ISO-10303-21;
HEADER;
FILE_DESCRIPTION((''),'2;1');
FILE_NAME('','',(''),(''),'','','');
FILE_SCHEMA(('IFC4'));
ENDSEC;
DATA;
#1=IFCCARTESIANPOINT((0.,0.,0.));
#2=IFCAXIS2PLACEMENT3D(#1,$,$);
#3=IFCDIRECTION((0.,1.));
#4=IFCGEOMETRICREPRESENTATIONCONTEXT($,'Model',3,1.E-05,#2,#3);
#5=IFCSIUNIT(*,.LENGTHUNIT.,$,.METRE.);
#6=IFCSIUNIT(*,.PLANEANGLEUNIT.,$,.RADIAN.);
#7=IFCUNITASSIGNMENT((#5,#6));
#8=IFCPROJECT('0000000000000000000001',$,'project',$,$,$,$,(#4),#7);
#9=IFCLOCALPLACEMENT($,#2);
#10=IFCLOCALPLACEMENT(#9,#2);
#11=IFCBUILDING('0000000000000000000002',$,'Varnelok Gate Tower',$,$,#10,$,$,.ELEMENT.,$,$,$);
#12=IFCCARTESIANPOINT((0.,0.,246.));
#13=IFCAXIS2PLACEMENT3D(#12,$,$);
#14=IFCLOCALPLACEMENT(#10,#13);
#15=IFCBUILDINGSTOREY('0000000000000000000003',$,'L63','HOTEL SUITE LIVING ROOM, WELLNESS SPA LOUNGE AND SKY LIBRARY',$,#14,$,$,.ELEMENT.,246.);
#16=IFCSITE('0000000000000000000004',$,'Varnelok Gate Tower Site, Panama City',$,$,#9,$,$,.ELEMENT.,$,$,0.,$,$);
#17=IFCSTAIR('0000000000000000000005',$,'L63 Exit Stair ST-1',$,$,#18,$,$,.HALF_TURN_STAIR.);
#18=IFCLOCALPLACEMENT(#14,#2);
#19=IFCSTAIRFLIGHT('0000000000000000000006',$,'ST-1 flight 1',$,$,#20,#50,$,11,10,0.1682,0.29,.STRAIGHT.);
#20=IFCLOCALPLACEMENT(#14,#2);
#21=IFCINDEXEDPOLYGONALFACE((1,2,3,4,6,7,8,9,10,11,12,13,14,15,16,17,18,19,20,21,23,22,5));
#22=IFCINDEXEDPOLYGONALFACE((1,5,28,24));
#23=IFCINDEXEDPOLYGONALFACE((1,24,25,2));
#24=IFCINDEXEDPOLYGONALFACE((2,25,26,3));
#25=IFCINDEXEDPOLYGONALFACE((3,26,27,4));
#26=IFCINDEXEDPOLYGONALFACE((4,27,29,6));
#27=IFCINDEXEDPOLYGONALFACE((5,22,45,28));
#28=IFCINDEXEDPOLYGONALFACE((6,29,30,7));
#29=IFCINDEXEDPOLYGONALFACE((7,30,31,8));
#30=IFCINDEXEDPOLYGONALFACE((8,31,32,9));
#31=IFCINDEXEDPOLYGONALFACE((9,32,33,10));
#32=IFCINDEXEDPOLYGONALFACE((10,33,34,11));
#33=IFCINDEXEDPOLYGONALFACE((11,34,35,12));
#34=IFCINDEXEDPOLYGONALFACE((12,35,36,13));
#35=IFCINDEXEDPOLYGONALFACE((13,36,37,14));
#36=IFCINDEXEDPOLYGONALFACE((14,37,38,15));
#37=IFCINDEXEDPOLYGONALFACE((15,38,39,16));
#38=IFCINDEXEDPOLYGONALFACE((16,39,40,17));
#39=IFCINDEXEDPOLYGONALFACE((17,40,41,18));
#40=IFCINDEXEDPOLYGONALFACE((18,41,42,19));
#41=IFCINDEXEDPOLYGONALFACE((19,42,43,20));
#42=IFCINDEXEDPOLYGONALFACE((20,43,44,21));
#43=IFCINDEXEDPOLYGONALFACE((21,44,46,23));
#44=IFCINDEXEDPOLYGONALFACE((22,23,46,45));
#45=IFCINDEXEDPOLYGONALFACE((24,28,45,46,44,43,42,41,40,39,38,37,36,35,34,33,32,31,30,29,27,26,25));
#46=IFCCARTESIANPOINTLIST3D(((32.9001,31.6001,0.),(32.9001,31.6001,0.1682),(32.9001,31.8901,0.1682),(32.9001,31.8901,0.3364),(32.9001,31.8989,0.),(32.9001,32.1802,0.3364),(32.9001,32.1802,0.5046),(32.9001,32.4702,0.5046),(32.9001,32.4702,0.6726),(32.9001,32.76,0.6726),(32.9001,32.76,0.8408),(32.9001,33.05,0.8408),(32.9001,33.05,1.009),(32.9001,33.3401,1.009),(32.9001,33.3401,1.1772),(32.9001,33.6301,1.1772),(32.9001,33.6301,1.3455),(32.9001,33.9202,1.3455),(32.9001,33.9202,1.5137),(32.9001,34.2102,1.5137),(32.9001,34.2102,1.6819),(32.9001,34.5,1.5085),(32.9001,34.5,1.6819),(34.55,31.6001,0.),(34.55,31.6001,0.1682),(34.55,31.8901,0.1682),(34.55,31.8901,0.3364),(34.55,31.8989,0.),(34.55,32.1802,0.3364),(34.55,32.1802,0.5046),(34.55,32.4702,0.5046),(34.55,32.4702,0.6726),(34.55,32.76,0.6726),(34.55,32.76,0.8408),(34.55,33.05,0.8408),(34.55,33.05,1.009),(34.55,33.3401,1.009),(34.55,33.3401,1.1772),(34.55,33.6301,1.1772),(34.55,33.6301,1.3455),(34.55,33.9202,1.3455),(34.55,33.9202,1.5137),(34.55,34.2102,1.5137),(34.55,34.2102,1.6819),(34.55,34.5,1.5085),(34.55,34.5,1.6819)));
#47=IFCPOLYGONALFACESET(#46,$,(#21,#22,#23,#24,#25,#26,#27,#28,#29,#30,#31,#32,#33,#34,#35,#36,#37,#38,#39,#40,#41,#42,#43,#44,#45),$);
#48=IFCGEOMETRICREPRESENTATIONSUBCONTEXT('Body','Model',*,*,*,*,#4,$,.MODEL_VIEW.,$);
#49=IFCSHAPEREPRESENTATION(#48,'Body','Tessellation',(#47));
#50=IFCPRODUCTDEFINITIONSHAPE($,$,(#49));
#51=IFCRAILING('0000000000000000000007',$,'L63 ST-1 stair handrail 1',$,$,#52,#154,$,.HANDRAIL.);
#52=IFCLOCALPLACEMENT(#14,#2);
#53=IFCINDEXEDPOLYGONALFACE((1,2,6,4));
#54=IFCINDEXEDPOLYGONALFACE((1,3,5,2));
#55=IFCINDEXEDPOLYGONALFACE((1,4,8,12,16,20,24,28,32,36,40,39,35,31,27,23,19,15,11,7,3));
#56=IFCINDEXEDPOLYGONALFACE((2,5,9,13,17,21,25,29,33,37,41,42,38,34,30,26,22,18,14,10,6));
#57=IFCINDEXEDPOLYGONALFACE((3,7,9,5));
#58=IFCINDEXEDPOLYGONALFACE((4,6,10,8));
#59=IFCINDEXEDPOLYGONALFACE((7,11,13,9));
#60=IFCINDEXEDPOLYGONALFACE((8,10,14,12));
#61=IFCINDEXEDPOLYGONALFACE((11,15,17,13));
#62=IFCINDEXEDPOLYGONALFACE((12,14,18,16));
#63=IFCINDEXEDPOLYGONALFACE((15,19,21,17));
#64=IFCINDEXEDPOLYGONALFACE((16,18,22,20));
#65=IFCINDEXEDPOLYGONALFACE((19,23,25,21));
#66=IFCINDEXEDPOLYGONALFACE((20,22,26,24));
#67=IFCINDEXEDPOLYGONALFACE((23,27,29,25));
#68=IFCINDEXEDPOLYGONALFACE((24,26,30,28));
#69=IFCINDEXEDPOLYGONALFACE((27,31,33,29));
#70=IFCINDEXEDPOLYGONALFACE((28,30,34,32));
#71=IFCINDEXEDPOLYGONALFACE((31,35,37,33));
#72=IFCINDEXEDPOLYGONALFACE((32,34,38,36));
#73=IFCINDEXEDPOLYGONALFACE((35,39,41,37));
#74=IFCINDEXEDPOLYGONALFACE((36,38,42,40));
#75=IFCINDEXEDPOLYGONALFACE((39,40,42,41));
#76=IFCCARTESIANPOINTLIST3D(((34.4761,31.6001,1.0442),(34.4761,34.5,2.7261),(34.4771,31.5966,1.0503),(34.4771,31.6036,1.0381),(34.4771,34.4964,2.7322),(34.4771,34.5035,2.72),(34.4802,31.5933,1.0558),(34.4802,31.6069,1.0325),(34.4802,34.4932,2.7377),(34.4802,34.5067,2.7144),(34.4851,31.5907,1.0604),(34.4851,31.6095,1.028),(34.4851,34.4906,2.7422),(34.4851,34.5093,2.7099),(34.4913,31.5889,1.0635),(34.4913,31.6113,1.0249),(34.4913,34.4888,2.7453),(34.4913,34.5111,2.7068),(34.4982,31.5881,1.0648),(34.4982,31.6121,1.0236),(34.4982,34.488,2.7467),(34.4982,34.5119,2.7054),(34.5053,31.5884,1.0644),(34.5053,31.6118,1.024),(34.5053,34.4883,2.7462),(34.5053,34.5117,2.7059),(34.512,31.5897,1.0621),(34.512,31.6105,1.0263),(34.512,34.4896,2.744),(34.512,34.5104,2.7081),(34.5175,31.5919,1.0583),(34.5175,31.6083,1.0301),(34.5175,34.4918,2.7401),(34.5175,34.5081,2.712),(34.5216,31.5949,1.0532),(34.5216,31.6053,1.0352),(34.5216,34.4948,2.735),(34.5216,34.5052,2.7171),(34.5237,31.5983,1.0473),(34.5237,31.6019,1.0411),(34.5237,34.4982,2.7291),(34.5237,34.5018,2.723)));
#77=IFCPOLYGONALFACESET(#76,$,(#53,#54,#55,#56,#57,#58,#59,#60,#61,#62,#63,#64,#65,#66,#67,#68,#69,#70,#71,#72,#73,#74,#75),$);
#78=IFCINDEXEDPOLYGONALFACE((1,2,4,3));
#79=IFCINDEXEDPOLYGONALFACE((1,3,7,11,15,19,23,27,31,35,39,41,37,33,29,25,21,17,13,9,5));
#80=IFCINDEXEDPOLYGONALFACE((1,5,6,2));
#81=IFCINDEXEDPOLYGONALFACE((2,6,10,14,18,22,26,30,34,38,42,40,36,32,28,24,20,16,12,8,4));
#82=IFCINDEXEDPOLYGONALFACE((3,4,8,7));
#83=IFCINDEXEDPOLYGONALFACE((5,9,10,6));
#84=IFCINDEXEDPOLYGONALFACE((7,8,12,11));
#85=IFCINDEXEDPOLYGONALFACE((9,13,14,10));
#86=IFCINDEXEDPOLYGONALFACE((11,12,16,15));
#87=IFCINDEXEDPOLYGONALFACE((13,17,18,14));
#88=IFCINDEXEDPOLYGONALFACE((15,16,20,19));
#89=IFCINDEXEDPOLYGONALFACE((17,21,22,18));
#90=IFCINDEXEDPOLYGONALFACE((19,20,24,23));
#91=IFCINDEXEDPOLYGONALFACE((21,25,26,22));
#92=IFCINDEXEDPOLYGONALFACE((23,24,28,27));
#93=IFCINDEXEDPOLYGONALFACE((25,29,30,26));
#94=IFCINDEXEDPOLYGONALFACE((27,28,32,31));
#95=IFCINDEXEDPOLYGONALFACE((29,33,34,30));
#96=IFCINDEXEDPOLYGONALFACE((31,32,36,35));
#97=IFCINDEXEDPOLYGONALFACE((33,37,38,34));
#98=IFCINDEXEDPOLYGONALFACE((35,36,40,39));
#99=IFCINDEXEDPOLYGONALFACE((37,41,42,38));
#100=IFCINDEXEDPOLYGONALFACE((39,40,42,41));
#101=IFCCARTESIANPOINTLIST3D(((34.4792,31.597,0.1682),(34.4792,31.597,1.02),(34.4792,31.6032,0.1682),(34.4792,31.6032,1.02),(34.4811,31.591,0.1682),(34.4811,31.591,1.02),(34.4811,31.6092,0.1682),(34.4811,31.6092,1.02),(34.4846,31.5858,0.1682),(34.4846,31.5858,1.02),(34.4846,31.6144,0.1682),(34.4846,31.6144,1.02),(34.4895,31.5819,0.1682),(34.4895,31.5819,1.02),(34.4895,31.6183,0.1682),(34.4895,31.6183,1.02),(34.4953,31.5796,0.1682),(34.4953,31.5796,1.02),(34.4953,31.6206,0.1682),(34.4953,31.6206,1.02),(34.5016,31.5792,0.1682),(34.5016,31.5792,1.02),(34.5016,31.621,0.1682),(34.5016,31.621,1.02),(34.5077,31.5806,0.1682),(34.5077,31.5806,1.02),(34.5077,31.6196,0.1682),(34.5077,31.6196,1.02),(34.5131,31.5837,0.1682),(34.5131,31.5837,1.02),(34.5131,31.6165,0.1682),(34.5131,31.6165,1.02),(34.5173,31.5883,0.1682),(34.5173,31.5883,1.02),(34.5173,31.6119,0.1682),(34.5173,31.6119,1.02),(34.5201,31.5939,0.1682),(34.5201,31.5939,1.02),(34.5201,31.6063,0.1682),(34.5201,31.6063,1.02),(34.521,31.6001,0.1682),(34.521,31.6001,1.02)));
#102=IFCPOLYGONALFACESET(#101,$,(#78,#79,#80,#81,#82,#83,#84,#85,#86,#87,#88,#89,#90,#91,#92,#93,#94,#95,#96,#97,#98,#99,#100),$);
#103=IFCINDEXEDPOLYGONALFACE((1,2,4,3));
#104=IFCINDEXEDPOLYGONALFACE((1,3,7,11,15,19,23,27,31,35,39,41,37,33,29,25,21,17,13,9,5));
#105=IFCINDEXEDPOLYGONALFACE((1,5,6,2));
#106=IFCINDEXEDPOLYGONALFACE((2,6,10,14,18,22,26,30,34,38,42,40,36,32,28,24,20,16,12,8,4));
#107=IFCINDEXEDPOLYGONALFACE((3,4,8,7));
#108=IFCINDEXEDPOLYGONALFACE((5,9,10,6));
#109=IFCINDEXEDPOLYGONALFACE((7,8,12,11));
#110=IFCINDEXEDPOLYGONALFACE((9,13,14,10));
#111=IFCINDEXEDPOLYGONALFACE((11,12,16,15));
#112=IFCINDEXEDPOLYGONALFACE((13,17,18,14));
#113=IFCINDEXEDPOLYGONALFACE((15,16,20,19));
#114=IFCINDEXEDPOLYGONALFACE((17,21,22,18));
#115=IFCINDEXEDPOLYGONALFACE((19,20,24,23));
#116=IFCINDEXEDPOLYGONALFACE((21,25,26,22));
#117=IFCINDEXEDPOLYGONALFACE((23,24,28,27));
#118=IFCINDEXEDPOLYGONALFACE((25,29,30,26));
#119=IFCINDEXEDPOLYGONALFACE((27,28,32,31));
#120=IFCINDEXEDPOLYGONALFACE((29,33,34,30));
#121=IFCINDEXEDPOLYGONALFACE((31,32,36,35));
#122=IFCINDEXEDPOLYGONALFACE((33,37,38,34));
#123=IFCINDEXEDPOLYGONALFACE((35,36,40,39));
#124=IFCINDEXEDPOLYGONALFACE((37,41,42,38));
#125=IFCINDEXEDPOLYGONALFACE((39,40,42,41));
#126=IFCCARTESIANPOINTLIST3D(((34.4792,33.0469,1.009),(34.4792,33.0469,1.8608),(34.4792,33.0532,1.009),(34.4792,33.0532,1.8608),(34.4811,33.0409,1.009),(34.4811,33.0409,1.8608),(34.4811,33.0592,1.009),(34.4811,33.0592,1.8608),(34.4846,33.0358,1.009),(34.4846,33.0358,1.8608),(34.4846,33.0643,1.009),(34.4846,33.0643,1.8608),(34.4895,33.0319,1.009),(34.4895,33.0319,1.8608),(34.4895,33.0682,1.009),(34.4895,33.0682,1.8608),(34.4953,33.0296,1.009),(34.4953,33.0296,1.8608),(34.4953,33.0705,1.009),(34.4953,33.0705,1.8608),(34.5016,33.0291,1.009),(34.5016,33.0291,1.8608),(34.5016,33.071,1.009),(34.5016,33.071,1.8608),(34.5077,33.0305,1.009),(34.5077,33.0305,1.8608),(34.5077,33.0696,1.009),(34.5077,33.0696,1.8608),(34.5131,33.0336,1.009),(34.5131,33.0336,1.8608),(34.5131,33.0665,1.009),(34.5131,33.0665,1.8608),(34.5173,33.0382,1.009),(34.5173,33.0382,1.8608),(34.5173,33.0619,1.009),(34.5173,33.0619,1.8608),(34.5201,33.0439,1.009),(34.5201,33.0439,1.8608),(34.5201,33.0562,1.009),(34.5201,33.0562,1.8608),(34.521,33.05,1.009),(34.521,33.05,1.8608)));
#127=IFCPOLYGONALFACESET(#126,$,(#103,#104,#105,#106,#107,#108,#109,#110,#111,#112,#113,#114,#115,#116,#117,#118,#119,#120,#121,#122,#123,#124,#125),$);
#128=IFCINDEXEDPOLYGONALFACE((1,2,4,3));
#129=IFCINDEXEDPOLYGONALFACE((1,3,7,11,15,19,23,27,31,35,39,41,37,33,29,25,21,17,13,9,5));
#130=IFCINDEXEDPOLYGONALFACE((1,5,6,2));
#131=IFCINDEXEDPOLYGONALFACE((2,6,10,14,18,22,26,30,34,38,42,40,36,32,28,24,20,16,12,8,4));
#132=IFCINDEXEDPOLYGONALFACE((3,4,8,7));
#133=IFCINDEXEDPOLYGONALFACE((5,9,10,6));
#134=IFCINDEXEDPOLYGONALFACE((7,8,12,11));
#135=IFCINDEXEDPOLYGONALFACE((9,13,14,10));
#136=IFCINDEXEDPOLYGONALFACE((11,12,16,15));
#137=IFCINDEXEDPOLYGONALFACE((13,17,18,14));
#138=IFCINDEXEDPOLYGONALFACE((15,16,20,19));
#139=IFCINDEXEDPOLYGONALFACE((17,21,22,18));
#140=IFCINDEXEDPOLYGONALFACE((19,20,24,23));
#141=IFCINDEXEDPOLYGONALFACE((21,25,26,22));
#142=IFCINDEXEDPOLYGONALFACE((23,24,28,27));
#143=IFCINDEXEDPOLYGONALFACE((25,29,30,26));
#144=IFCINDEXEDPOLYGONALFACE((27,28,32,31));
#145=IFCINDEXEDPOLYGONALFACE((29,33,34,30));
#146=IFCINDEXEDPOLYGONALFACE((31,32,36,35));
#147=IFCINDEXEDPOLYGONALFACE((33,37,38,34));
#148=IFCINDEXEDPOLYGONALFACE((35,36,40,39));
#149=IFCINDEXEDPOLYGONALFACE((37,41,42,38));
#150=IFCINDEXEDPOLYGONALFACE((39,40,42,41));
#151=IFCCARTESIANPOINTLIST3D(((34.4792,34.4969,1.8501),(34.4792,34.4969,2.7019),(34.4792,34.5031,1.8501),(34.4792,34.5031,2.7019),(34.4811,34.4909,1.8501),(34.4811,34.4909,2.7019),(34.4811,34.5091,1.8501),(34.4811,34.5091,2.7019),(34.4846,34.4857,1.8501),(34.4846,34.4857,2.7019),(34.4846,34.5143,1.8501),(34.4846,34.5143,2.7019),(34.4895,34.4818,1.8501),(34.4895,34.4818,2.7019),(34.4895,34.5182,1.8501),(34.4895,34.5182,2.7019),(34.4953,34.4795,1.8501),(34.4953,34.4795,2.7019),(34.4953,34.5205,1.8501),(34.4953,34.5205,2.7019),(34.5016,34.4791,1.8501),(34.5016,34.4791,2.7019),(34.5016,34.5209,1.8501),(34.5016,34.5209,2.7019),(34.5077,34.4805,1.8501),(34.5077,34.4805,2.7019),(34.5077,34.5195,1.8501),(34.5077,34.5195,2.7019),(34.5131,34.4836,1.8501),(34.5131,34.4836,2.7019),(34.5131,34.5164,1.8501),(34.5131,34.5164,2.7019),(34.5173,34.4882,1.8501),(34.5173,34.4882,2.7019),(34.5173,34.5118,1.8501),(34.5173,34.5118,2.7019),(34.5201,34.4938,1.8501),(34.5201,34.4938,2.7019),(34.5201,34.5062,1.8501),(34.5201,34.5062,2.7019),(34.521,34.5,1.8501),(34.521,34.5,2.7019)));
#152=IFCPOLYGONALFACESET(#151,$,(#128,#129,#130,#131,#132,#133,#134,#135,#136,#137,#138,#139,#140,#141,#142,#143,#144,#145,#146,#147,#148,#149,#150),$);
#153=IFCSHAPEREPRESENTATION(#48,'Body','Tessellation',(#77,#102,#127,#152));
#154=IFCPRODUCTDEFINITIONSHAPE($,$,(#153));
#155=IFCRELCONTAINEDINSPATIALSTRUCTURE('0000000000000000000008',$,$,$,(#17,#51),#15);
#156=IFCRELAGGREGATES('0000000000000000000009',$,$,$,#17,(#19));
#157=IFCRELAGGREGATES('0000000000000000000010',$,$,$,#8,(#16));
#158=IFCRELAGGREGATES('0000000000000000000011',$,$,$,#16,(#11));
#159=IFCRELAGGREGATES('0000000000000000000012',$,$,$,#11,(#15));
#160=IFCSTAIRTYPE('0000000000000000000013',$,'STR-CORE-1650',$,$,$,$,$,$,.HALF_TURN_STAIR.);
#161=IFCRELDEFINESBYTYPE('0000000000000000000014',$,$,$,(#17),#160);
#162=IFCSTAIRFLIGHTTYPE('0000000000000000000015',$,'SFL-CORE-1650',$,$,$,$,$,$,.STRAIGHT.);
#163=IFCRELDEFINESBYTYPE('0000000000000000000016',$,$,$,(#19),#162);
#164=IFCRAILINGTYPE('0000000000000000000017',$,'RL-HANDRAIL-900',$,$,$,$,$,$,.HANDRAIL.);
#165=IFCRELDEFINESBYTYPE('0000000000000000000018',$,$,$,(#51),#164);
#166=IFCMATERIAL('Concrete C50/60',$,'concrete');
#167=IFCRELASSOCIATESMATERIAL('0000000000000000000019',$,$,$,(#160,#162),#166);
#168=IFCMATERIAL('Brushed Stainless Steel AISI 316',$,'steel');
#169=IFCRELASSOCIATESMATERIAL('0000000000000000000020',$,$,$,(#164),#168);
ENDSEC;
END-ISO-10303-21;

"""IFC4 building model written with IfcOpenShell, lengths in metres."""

from ifc_helpers import new_model, si_unit, direction, frame, origin, origin_2d, place, context, subcontext, project, spatial, polyline, circle, outline, extrude, material, type_object, element, aggregate, save


model = new_model("IFC4")

# Units and contexts
model_context = context("Model", 3, precision=1e-05, world=origin(), true_north=direction((0.0, 1.0)))
body_context = subcontext(model_context, "Body", "Model", "MODEL_VIEW")
ifc_project = project(units=[si_unit("LENGTHUNIT", "METRE"), si_unit("PLANEANGLEUNIT", "RADIAN")], contexts=[model_context])

# Site, building, storey
site_placement = place(None, origin())
site = spatial("IfcSite", under=ifc_project, at=site_placement, Name="Varnelok Gate Tower Site, Panama City", CompositionType="ELEMENT", RefElevation=0.0)
building_placement = place(site_placement, origin())
building = spatial("IfcBuilding", under=site, at=building_placement, Name="Varnelok Gate Tower", CompositionType="ELEMENT")
storey_placement = place(building_placement, frame((0.0, 0.0, 246.0)))
storey = spatial("IfcBuildingStorey", under=building, at=storey_placement, Name="L63", Description="HOTEL SUITE LIVING ROOM, WELLNESS SPA LOUNGE AND SKY LIBRARY", CompositionType="ELEMENT", Elevation=246.0)

# Stair, stair flight
ifc_material_1 = material(Name="Concrete C50/60", Category="concrete")
stair_type = type_object("IfcStairType", Name="STR-CORE-1650", PredefinedType="HALF_TURN_STAIR", material=ifc_material_1)
stair_placement = place(storey_placement, origin())
stair = element("IfcStair", 1, at=stair_placement, inside=storey, type_object=stair_type, Name="L63 Exit Stair ST-1", PredefinedType="HALF_TURN_STAIR")
stair_flight_type = type_object("IfcStairFlightType", Name="SFL-CORE-1650", PredefinedType="STRAIGHT", material=ifc_material_1)
stair_flight_placement = place(storey_placement, frame((33.7251, 31.6001, 0.0), z_axis=(0.0, 0.0, 1.0), x_axis=(0.0, 1.0, 0.0)))
stair_flight = element("IfcStairFlight", 2, at=stair_flight_placement, type_object=stair_flight_type, Name="ST-1 flight 1", NumberOfRisers=11, NumberOfTreads=10, PredefinedType="STRAIGHT", RiserHeight=0.1682, TreadLength=0.29, context=body_context, shape_type="SweptSolid", body=[
    extrude(outline(polyline([(0.0, 0.0), (0.0, 0.1682), (0.29, 0.1682), (0.29, 0.3364), (0.5801, 0.3364), (0.5801, 0.5046), (0.8701, 0.5046), (0.8701, 0.6726), (1.1599, 0.6726), (1.1599, 0.8408), (1.45, 0.8408), (1.45, 1.009), (1.74, 1.009), (1.74, 1.1772), (2.03, 1.1772), (2.03, 1.3455), (2.3201, 1.3455), (2.3201, 1.5137), (2.6101, 1.5137), (2.6101, 1.6819), (2.8999, 1.6819), (2.8999, 1.8501), (2.8999, 1.5085), (0.2988, 0.0), (0.0, 0.0)])), frame((0.0, 0.825, 0.0), z_axis=(0.0, -1.0, 0.0), x_axis=(1.0, 0.0, 0.0)), (0.0, 0.0, 1.0), 1.6499),
])
aggregate(stair, [stair_flight])

# Railing
ifc_material_2 = material(Name="Brushed Stainless Steel AISI 316", Category="steel")
railing_type_1 = type_object("IfcRailingType", Name="RL-HANDRAIL-900", PredefinedType="HANDRAIL", material=ifc_material_2)
railing_1_placement = place(storey_placement, frame((34.5, 31.6001, 0.1682)))
element("IfcRailing", 3, at=railing_1_placement, inside=storey, type_object=railing_type_1, Name="L63 ST-1 stair handrail 1", PredefinedType="HANDRAIL", context=body_context, shape_type="SweptSolid", body=[
    extrude(circle(Radius=0.0239, at=origin_2d()), frame((0.0, 0.0, 0.876), z_axis=(0.0, 0.865039, 0.501705), x_axis=(-1.0, 0.0, 0.0)), (0.0, 0.0, 1.0), 3.3523),
    extrude(circle(Radius=0.021, at=origin_2d()), origin(), (0.0, 0.0, 1.0), 0.8518),
    extrude(circle(Radius=0.021, at=origin_2d()), frame((0.0, 1.45, 0.8408)), (0.0, 0.0, 1.0), 0.8518),
    extrude(circle(Radius=0.021, at=origin_2d()), frame((0.0, 2.8999, 1.6819)), (0.0, 0.0, 1.0), 0.8518),
])

save(model, "model.ifc")
